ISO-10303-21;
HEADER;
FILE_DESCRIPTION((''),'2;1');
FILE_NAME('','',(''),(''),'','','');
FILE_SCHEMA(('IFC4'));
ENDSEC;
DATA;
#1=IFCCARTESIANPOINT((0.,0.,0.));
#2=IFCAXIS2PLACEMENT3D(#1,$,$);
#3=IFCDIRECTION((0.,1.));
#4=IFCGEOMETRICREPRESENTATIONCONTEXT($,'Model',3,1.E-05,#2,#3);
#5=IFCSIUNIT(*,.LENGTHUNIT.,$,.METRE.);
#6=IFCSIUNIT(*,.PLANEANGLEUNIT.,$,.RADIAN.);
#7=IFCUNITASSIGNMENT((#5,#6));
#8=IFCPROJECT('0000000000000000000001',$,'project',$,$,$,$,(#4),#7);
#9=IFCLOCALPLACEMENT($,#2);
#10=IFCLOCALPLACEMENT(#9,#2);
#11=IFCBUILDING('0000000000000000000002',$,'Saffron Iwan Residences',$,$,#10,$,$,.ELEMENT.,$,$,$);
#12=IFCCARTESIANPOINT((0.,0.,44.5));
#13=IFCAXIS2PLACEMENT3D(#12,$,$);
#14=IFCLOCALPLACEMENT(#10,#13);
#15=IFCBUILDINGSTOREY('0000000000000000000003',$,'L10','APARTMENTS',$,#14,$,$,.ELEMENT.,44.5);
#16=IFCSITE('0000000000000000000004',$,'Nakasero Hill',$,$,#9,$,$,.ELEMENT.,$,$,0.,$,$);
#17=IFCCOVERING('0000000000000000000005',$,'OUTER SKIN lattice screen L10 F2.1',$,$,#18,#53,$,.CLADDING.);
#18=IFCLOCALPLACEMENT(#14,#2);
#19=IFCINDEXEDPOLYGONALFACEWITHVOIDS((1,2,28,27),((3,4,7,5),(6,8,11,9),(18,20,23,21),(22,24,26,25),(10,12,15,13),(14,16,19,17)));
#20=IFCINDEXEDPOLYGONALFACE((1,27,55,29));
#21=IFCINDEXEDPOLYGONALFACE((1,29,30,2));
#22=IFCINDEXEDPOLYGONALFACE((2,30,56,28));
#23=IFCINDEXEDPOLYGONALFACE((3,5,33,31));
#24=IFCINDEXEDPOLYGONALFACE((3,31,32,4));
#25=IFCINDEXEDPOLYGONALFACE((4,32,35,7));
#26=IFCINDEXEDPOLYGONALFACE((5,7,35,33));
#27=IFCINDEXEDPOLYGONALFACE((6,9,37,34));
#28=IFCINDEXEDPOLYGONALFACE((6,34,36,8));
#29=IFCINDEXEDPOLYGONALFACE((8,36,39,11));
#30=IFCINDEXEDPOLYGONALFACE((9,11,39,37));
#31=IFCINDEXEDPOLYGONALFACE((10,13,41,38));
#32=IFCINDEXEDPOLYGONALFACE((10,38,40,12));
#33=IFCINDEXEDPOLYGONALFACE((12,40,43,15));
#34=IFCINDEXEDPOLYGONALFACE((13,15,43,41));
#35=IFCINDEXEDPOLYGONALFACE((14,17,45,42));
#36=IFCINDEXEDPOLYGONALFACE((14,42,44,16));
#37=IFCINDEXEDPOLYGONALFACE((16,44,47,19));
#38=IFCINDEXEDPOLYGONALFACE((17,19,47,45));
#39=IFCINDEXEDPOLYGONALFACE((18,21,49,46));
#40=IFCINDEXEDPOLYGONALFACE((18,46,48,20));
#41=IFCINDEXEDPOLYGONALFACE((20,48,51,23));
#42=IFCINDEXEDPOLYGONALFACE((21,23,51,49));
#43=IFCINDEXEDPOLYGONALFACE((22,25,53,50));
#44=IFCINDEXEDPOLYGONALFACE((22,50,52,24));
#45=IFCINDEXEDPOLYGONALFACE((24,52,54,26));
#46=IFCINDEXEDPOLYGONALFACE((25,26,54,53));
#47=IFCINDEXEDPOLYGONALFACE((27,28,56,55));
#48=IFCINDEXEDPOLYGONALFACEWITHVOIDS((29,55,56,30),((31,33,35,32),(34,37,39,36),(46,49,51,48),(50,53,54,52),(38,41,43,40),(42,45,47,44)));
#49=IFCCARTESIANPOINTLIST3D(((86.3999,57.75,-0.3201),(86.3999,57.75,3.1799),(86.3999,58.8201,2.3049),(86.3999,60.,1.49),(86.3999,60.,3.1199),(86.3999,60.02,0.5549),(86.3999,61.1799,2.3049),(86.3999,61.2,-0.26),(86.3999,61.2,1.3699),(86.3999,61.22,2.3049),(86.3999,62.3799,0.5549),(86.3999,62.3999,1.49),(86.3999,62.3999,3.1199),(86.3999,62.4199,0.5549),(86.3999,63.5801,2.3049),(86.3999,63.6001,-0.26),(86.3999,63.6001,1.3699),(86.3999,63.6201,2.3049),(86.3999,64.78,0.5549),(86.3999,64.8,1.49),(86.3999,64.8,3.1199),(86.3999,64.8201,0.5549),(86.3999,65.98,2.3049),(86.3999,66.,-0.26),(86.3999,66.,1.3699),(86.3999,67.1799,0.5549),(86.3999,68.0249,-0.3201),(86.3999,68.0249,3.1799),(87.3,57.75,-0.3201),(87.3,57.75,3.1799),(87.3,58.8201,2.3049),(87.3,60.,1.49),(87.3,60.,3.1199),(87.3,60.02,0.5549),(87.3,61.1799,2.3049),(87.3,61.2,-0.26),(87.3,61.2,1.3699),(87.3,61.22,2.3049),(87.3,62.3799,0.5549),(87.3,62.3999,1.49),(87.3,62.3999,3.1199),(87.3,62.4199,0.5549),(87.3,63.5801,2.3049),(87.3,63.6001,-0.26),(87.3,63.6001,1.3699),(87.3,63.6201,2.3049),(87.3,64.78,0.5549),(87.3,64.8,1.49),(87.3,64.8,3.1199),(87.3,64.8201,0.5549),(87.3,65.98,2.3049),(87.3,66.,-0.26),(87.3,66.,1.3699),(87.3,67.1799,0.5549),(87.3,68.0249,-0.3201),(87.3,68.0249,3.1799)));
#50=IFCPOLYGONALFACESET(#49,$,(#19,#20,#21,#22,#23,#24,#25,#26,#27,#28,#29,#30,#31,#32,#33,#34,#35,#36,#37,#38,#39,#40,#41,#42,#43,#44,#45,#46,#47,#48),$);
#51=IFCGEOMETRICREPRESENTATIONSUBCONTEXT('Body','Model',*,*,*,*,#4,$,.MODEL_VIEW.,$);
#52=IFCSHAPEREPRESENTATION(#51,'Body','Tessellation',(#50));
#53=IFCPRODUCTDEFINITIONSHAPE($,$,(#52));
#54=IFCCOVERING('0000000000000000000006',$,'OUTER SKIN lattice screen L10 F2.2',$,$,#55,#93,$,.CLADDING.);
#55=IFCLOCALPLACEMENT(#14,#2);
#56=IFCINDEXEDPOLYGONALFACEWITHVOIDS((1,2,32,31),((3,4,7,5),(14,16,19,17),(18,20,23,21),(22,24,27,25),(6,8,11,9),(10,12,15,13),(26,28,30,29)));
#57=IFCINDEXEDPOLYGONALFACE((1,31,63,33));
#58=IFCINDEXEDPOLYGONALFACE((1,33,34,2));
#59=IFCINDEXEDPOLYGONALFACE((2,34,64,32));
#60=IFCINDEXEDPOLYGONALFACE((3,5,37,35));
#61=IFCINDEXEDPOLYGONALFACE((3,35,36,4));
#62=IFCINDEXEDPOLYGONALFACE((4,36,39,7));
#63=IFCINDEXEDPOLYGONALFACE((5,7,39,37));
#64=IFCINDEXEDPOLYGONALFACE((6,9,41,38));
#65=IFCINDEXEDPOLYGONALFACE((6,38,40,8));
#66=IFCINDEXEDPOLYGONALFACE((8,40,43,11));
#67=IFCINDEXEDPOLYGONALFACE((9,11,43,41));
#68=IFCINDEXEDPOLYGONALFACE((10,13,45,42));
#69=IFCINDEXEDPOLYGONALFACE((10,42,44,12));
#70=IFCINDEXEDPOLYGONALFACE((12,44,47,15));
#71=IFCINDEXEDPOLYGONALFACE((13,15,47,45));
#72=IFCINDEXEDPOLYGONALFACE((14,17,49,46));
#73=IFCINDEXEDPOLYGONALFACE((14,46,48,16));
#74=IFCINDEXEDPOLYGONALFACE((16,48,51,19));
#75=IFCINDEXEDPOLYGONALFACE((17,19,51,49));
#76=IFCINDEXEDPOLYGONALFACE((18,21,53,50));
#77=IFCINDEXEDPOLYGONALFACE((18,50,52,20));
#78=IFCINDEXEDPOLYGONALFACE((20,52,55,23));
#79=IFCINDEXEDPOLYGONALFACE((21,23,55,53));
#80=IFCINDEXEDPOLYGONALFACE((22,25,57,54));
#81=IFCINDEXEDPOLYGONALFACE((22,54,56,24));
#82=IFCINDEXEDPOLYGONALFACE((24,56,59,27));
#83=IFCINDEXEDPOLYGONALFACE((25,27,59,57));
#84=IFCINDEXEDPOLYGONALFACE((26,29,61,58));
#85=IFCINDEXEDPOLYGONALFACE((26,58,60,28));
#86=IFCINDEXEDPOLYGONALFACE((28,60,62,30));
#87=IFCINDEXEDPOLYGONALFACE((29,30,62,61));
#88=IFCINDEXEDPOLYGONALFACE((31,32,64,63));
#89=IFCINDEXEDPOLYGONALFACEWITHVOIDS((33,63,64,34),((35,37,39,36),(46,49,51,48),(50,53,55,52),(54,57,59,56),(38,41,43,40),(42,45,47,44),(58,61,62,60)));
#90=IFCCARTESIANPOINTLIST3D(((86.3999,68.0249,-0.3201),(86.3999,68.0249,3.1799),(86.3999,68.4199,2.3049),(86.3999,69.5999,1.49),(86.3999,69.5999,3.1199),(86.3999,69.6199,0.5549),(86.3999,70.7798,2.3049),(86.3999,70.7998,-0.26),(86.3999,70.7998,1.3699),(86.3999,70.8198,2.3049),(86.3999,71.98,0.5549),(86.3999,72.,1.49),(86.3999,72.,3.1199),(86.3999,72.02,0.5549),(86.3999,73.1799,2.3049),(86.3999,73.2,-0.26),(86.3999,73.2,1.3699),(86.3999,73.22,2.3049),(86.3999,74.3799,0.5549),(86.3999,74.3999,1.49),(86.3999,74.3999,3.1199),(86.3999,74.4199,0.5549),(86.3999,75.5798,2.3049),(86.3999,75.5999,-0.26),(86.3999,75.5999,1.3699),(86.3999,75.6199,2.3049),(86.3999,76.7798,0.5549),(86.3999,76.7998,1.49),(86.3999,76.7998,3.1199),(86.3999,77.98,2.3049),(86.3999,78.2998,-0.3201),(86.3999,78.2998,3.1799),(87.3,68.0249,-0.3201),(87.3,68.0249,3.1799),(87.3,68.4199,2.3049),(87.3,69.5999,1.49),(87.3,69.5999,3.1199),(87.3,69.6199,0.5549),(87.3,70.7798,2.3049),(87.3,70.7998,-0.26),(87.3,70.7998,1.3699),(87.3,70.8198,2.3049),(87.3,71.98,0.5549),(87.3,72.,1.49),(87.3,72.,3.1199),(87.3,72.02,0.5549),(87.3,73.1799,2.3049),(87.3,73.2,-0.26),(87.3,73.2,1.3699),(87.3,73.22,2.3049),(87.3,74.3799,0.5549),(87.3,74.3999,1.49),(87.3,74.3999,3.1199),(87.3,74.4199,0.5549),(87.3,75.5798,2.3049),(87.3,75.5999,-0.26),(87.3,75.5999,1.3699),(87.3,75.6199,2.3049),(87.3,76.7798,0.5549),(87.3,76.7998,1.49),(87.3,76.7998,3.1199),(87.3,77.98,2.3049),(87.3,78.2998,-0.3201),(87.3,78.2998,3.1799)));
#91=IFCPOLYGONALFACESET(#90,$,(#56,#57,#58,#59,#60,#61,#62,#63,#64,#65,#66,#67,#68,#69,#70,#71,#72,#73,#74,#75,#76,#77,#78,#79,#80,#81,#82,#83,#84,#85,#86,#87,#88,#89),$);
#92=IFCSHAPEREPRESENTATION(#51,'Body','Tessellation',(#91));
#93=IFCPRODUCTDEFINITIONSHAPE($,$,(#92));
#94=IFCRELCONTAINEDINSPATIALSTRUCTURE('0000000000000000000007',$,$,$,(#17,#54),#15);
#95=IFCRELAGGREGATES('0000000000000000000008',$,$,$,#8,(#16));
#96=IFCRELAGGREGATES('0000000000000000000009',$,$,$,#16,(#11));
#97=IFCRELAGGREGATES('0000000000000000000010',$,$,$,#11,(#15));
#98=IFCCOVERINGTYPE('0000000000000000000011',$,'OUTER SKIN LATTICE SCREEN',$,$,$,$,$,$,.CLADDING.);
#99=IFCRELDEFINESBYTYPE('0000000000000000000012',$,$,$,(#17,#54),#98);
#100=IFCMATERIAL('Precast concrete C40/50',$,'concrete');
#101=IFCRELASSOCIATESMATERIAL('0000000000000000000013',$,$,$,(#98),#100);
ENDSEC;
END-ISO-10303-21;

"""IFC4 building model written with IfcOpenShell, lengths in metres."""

from ifc_helpers import new_model, si_unit, direction, frame, origin, place, context, subcontext, project, spatial, polyline, outline, extrude, material, type_object, element, save


model = new_model("IFC4")

# Units and contexts
model_context = context("Model", 3, precision=1e-05, world=origin(), true_north=direction((0.0, 1.0)))
body_context = subcontext(model_context, "Body", "Model", "MODEL_VIEW")
ifc_project = project(units=[si_unit("LENGTHUNIT", "METRE"), si_unit("PLANEANGLEUNIT", "RADIAN")], contexts=[model_context])

# Site, building, storey
site_placement = place(None, origin())
site = spatial("IfcSite", under=ifc_project, at=site_placement, Name="Nakasero Hill", CompositionType="ELEMENT", RefElevation=0.0)
building_placement = place(site_placement, origin())
building = spatial("IfcBuilding", under=site, at=building_placement, Name="Saffron Iwan Residences", CompositionType="ELEMENT")
storey_placement = place(building_placement, frame((0.0, 0.0, 44.5)))
storey = spatial("IfcBuildingStorey", under=building, at=storey_placement, Name="L10", Description="APARTMENTS", CompositionType="ELEMENT", Elevation=44.5)

# Coverings
ifc_material_1 = material(Name="Precast concrete C40/50", Category="concrete")
covering_type = type_object("IfcCoveringType", Name="OUTER SKIN LATTICE SCREEN", PredefinedType="CLADDING", material=ifc_material_1)
covering_1_placement = place(storey_placement, frame((86.3999, 57.75, -0.3201), z_axis=(1.0, 0.0, 0.0), x_axis=(0.0, 1.0, 0.0)))
element("IfcCovering", 1, at=covering_1_placement, inside=storey, type_object=covering_type, Name="OUTER SKIN lattice screen L10 F2.1", PredefinedType="CLADDING", context=body_context, shape_type="SweptSolid", body=[
    extrude(outline(polyline([(0.0, 0.0), (10.2749, 0.0), (10.2749, 3.5), (0.0, 3.5), (0.0, 0.0)]), holes=[polyline([(2.27, 0.875), (3.45, 0.0601), (4.6299, 0.875), (3.45, 1.6899), (2.27, 0.875)]), polyline([(4.6699, 0.875), (5.8501, 0.0601), (7.03, 0.875), (5.8501, 1.6899), (4.6699, 0.875)]), polyline([(7.0701, 0.875), (8.25, 0.0601), (9.4299, 0.875), (8.25, 1.6899), (7.0701, 0.875)]), polyline([(1.0701, 2.625), (2.25, 1.8101), (3.4299, 2.625), (2.25, 3.4399), (1.0701, 2.625)]), polyline([(3.47, 2.625), (4.6499, 1.8101), (5.8301, 2.625), (4.6499, 3.4399), (3.47, 2.625)]), polyline([(5.8701, 2.625), (7.05, 1.8101), (8.23, 2.625), (7.05, 3.4399), (5.8701, 2.625)])]), origin(), (0.0, 0.0, 1.0), 0.9001),
])
covering_2_placement = place(storey_placement, frame((86.3999, 68.0249, -0.3201), z_axis=(1.0, 0.0, 0.0), x_axis=(0.0, 1.0, 0.0)))
element("IfcCovering", 2, at=covering_2_placement, inside=storey, type_object=covering_type, Name="OUTER SKIN lattice screen L10 F2.2", PredefinedType="CLADDING", context=body_context, shape_type="SweptSolid", body=[
    extrude(outline(polyline([(0.0, 0.0), (10.2749, 0.0), (10.2749, 3.5), (0.0, 3.5), (0.0, 0.0)]), holes=[polyline([(1.595, 0.875), (2.7749, 0.0601), (3.9551, 0.875), (2.7749, 1.6899), (1.595, 0.875)]), polyline([(3.9951, 0.875), (5.175, 0.0601), (6.355, 0.875), (5.175, 1.6899), (3.9951, 0.875)]), polyline([(6.395, 0.875), (7.575, 0.0601), (8.7549, 0.875), (7.575, 1.6899), (6.395, 0.875)]), polyline([(0.395, 2.625), (1.575, 1.8101), (2.7549, 2.625), (1.575, 3.4399), (0.395, 2.625)]), polyline([(2.7949, 2.625), (3.9751, 1.8101), (5.155, 2.625), (3.9751, 3.4399), (2.7949, 2.625)]), polyline([(5.1951, 2.625), (6.375, 1.8101), (7.5549, 2.625), (6.375, 3.4399), (5.1951, 2.625)]), polyline([(7.595, 2.625), (8.7749, 1.8101), (9.9551, 2.625), (8.7749, 3.4399), (7.595, 2.625)])]), origin(), (0.0, 0.0, 1.0), 0.9001),
])

save(model, "model.ifc")
